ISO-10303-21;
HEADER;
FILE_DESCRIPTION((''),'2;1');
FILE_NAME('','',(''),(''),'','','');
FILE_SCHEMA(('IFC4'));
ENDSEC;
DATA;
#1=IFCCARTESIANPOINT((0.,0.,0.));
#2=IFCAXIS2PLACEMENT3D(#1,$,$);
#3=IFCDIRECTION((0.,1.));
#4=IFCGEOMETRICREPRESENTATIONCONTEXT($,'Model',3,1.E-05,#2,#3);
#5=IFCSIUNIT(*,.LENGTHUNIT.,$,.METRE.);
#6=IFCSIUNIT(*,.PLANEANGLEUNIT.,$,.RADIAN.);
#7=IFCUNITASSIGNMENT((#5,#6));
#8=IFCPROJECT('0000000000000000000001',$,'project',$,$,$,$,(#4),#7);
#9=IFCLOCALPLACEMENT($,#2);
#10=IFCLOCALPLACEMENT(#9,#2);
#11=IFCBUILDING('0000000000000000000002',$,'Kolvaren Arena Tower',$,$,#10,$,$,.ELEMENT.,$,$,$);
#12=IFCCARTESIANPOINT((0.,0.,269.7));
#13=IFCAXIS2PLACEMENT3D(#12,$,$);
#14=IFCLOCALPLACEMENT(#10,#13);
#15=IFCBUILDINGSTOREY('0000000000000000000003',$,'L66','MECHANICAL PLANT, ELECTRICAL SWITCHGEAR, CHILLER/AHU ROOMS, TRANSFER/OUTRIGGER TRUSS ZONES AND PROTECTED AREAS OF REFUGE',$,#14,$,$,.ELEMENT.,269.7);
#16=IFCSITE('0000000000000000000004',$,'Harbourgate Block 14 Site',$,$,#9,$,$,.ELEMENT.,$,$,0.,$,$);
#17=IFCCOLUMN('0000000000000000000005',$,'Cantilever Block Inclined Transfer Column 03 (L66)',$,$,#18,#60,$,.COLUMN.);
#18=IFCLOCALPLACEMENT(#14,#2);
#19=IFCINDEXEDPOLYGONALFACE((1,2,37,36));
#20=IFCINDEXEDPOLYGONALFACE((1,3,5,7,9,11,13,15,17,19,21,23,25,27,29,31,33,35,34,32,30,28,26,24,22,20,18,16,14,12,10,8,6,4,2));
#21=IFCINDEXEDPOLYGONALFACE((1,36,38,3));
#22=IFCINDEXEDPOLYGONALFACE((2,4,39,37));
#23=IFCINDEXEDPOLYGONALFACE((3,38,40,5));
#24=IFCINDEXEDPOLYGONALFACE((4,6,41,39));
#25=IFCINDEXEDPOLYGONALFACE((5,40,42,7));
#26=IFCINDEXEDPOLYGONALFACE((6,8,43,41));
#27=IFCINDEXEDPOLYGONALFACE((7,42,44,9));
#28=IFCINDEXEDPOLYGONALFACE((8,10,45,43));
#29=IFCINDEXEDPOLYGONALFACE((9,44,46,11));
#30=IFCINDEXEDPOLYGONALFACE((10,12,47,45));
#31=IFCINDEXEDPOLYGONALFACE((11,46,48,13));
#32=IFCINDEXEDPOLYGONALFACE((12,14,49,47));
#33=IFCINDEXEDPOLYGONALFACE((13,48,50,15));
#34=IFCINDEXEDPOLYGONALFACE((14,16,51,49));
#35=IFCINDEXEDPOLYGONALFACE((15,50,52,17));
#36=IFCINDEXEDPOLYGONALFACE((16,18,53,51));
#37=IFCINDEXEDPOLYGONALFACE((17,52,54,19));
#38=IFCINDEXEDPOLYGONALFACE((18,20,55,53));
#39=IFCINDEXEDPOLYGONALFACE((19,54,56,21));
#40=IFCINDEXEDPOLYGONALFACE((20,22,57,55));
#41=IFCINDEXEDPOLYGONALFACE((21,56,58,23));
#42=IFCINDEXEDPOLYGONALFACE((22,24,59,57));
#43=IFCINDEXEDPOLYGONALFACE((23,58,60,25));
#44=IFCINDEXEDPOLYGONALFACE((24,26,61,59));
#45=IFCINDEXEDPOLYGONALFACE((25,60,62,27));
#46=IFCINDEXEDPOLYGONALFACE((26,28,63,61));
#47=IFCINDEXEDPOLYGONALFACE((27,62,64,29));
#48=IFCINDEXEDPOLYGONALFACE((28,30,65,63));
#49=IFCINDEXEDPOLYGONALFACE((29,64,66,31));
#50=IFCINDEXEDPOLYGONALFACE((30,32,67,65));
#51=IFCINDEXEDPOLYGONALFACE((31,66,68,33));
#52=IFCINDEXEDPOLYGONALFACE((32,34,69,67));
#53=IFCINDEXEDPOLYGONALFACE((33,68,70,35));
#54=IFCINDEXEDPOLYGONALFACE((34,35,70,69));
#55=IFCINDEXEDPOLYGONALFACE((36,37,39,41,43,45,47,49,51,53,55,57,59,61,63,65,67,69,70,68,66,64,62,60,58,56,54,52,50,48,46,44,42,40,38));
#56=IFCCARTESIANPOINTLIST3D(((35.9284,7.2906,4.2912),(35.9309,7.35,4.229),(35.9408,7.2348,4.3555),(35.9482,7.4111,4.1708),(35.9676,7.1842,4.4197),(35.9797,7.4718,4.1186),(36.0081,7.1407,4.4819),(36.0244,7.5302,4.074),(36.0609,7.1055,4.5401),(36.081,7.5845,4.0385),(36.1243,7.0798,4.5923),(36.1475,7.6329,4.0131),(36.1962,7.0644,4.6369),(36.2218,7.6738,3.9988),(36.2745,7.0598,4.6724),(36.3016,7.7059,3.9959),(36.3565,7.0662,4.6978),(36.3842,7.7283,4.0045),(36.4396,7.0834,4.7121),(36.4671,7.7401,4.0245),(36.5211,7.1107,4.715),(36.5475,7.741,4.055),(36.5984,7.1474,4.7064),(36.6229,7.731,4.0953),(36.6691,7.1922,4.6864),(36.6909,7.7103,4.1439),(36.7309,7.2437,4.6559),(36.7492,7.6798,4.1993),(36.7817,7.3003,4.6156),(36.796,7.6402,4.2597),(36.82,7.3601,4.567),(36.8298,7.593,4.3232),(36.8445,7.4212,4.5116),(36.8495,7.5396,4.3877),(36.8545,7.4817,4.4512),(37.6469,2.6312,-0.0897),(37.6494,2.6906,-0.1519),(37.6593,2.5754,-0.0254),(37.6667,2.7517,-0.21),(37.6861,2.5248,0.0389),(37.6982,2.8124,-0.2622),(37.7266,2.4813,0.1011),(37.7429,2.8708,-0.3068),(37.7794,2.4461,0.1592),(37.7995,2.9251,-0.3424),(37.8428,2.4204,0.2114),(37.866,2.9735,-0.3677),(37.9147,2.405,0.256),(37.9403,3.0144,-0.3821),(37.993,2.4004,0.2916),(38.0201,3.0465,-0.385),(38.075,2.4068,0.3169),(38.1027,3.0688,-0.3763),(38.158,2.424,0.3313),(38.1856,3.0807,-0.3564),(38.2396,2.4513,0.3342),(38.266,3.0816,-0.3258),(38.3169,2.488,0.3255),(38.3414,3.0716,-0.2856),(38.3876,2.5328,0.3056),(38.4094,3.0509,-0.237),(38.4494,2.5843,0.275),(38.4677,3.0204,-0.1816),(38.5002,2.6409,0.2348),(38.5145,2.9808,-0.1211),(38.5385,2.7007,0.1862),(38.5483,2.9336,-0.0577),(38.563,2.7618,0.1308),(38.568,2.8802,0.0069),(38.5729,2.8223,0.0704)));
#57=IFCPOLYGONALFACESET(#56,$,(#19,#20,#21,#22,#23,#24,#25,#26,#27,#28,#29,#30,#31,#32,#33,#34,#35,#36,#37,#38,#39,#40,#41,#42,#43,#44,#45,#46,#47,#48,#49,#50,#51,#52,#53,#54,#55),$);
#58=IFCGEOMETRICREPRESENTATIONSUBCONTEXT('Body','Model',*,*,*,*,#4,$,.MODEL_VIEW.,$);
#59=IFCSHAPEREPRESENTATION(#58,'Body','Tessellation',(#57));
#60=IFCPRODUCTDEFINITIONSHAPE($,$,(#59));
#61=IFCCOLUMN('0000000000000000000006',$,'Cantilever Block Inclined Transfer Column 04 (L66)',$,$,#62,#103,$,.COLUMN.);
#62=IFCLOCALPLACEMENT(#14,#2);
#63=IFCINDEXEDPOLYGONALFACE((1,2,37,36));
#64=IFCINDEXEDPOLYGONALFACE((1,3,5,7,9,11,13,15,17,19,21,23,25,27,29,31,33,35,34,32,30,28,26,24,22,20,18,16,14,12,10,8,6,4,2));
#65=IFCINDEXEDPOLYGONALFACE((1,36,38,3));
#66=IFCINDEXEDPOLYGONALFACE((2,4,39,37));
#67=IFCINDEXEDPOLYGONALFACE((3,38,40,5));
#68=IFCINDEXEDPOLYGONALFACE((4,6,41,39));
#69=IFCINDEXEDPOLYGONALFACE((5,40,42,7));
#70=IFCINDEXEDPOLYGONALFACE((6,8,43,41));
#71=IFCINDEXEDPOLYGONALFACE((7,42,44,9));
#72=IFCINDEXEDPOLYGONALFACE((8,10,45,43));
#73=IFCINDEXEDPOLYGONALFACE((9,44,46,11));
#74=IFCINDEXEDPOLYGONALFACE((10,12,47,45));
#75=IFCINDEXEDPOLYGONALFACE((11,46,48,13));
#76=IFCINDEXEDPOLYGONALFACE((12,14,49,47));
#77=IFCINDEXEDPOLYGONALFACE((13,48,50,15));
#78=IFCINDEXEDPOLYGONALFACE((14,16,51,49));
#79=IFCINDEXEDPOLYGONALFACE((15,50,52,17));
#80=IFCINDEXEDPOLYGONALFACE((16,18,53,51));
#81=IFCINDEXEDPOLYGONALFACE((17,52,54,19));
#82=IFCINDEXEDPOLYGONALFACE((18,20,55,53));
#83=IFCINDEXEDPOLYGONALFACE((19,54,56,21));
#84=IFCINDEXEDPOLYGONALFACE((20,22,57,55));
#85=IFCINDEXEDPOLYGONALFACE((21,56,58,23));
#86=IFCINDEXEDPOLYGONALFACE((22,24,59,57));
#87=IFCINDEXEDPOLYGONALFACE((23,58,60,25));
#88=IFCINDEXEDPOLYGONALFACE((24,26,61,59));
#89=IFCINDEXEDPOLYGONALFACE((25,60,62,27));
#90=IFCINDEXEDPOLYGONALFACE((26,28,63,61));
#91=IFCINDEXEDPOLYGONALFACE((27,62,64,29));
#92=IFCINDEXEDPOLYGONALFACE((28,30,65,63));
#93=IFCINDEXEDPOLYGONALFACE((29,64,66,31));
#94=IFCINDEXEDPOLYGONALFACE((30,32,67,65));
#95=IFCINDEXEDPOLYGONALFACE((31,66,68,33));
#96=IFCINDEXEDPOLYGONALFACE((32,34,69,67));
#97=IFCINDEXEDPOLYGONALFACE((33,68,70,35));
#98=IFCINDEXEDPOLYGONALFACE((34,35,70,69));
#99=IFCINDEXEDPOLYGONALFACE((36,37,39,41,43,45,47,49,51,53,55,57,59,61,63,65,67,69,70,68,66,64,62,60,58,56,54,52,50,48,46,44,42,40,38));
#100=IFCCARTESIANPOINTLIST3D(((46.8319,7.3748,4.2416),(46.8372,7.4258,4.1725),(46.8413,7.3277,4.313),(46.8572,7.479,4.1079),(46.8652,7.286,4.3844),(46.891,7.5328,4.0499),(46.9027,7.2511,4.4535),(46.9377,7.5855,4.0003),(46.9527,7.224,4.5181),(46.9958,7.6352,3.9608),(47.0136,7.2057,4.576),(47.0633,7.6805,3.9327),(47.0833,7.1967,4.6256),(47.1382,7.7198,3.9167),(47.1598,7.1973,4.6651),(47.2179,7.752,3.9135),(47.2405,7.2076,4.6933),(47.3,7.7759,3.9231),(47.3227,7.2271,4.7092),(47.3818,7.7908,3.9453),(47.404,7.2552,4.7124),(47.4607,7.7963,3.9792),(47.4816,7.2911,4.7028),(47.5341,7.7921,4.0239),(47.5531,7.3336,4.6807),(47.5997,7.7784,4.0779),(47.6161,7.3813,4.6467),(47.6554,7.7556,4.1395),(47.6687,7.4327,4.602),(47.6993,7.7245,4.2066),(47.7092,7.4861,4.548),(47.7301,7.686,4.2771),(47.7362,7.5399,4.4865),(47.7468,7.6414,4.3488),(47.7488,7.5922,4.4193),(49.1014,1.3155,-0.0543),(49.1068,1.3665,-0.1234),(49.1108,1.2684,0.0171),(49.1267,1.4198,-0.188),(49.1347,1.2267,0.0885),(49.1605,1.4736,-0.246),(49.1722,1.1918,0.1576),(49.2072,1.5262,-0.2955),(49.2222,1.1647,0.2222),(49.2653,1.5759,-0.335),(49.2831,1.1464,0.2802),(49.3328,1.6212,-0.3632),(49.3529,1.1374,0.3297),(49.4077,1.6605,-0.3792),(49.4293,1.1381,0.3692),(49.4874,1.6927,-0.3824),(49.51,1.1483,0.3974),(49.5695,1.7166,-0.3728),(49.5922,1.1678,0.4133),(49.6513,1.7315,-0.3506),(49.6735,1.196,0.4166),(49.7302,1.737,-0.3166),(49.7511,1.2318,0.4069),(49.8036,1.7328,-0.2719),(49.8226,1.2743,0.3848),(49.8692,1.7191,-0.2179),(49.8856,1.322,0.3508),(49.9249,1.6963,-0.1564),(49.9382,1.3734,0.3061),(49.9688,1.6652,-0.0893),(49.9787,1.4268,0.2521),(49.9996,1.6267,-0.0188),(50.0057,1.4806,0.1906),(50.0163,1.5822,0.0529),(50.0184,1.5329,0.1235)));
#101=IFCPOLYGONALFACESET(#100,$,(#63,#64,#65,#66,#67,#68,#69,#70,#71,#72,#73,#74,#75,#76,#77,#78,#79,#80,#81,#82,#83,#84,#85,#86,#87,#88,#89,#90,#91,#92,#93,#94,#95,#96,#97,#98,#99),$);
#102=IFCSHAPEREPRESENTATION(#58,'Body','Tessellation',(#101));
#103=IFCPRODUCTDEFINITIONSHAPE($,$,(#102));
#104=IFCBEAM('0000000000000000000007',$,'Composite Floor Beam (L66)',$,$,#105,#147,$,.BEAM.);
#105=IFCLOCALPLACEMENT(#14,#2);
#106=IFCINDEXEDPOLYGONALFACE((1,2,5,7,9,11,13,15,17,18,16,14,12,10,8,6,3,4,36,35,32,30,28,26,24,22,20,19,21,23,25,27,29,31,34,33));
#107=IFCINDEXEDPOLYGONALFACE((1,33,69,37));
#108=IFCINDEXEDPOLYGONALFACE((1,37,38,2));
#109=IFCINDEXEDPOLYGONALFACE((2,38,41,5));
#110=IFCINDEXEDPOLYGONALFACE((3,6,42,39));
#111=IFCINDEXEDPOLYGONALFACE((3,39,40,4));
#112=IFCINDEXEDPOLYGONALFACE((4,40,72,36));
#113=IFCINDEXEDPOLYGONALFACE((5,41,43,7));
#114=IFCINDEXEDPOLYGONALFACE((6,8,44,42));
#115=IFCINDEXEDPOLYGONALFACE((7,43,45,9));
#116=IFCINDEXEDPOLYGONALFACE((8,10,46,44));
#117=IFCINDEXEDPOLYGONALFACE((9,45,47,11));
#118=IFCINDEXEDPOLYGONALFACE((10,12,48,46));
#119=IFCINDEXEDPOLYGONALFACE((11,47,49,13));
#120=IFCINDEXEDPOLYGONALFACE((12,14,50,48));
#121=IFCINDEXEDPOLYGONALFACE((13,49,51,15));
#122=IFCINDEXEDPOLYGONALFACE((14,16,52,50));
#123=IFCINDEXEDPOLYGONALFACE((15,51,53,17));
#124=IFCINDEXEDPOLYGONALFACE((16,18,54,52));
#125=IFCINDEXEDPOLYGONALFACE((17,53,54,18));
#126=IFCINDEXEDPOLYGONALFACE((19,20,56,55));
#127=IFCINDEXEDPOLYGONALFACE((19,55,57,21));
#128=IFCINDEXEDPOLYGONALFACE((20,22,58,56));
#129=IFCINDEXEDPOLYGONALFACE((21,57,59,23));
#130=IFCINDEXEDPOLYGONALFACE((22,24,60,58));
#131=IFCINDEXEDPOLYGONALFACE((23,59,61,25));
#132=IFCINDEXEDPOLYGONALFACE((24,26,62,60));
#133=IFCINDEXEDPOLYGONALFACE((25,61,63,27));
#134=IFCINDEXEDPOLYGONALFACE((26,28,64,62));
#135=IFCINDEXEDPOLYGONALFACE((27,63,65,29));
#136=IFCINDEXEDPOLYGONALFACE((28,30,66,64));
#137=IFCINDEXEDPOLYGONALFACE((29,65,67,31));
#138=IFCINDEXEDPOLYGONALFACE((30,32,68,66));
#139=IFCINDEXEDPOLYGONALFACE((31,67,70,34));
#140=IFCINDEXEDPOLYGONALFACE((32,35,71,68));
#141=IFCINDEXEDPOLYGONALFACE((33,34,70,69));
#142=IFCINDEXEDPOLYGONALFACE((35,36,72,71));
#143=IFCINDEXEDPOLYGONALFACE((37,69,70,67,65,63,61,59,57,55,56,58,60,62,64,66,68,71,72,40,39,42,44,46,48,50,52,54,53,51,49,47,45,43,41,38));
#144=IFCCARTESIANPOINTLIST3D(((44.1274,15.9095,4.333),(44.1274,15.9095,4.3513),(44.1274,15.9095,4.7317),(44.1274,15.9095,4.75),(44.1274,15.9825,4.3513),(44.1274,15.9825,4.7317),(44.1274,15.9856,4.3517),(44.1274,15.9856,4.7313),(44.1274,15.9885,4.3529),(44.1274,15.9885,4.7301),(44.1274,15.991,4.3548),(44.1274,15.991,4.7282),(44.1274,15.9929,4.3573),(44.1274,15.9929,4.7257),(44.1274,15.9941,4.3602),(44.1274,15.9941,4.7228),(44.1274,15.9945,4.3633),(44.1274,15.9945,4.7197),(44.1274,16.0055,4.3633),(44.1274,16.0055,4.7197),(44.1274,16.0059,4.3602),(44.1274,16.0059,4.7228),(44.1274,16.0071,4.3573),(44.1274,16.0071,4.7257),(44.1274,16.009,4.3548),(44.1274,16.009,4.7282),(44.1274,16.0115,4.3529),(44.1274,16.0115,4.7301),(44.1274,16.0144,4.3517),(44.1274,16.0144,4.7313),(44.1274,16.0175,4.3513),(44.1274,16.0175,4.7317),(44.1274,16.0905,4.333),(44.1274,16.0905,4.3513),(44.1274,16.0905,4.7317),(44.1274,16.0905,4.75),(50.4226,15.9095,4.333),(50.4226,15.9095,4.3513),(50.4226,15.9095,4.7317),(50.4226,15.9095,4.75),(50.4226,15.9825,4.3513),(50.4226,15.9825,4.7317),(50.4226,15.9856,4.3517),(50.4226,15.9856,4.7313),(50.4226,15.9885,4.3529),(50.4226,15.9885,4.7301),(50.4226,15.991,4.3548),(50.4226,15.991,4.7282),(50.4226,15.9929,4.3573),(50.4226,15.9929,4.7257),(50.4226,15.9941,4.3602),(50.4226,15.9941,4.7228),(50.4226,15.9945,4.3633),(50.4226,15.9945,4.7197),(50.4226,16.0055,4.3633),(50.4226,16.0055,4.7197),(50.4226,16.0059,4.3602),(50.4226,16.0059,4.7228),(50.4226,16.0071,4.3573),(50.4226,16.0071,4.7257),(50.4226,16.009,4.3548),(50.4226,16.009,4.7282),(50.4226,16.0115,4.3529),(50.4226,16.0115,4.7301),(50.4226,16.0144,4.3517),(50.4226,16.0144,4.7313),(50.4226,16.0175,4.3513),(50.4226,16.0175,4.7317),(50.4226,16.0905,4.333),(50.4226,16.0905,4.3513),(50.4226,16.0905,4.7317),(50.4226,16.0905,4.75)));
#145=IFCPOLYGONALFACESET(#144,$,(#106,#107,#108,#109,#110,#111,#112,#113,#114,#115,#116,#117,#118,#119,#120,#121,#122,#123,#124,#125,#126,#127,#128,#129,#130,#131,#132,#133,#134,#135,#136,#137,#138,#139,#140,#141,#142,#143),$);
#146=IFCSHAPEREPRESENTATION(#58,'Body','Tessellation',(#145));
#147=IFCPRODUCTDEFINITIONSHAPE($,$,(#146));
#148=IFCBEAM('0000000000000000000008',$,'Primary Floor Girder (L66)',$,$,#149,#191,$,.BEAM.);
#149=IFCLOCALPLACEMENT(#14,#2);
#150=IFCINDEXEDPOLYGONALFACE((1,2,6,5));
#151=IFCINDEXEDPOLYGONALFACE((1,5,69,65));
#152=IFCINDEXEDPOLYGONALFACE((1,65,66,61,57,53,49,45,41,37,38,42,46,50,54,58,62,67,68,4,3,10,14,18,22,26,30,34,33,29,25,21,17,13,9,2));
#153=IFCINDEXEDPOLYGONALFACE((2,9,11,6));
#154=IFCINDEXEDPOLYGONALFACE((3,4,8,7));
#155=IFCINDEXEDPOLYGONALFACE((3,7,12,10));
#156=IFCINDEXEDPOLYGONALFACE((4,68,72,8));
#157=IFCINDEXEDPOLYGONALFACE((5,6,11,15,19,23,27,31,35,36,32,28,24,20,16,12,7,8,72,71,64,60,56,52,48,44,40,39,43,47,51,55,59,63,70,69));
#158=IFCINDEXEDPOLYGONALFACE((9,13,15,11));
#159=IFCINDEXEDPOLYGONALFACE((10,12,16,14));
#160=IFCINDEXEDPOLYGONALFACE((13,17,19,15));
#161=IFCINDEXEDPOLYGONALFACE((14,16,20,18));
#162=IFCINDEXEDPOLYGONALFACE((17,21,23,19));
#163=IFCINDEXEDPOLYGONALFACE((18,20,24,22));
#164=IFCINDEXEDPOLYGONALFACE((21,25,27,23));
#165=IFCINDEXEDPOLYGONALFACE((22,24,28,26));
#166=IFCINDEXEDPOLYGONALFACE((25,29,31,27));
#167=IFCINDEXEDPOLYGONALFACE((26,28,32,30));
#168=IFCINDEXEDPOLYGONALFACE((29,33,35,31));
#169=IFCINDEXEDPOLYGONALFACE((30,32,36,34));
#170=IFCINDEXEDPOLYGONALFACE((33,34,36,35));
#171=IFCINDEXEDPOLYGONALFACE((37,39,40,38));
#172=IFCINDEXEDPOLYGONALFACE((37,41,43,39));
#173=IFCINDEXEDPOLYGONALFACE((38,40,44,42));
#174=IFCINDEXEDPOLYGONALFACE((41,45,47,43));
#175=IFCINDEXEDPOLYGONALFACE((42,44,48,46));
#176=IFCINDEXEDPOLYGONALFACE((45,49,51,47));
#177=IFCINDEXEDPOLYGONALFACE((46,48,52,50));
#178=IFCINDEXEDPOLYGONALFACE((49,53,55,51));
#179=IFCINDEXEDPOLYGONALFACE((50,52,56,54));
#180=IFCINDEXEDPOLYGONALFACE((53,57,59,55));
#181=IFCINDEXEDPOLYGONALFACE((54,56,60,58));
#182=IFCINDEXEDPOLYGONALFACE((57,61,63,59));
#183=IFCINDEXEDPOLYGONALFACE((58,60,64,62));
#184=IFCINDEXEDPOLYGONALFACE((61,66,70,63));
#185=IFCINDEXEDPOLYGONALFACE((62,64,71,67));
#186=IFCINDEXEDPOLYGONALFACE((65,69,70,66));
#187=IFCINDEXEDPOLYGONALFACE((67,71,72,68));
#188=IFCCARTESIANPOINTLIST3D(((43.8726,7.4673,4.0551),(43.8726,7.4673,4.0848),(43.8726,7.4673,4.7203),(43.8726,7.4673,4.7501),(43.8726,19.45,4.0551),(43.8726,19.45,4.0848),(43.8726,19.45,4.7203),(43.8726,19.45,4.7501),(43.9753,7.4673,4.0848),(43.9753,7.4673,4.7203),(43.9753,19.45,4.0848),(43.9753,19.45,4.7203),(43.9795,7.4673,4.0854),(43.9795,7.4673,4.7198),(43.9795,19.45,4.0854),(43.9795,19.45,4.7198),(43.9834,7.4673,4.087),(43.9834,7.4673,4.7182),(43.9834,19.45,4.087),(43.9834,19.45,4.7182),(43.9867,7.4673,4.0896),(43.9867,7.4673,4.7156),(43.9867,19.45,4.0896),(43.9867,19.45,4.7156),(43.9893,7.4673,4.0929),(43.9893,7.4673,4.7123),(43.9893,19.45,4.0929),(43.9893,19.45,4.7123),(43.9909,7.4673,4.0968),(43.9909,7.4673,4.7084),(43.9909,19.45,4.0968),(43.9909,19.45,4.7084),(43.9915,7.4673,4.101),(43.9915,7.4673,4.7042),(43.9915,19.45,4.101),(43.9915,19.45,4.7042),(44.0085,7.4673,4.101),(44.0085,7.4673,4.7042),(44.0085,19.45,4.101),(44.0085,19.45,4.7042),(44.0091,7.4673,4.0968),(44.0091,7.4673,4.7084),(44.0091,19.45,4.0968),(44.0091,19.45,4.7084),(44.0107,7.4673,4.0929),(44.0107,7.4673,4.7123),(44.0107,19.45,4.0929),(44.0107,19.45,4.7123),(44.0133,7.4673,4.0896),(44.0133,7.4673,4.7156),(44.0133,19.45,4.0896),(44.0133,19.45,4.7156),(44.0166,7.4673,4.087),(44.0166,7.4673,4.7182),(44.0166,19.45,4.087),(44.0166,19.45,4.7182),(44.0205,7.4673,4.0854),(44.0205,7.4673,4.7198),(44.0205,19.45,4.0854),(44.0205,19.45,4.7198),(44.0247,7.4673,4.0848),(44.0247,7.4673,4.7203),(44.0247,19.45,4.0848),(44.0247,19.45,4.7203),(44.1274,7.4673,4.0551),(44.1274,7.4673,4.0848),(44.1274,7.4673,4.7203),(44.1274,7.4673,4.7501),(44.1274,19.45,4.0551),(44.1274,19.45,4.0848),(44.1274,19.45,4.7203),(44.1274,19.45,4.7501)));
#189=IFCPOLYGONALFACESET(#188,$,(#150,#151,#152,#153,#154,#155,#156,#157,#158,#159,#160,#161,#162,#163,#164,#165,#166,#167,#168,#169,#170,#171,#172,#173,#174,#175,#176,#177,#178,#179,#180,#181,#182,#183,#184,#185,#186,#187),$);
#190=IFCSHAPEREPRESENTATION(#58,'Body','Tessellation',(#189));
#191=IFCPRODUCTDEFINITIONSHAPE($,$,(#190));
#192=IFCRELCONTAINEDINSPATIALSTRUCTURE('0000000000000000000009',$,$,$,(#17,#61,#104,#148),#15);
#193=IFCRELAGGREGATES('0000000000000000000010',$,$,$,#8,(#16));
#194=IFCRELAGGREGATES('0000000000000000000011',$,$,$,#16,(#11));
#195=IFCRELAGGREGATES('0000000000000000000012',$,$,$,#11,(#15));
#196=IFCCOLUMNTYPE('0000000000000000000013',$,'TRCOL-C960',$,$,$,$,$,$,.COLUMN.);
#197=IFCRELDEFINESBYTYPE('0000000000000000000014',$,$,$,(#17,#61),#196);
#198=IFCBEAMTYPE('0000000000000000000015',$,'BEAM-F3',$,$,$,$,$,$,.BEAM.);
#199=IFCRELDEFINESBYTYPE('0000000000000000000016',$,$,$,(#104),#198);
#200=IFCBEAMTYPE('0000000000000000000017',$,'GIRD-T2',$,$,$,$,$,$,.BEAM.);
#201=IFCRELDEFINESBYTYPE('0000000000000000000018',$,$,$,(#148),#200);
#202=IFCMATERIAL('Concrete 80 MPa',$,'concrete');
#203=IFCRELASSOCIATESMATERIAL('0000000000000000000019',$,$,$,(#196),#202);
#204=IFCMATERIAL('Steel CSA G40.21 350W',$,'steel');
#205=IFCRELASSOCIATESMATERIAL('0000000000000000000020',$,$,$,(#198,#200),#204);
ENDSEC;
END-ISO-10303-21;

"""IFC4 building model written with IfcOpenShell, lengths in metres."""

from ifc_helpers import new_model, si_unit, direction, frame, origin, origin_2d, place, context, subcontext, project, spatial, circle, i_section, extrude, material, material_profile, profile_set, type_object, element, save


model = new_model("IFC4")

# Units and contexts
model_context = context("Model", 3, precision=1e-05, world=origin(), true_north=direction((0.0, 1.0)))
body_context = subcontext(model_context, "Body", "Model", "MODEL_VIEW")
ifc_project = project(units=[si_unit("LENGTHUNIT", "METRE"), si_unit("PLANEANGLEUNIT", "RADIAN")], contexts=[model_context])

# Site, building, storey
site_placement = place(None, origin())
site = spatial("IfcSite", under=ifc_project, at=site_placement, Name="Harbourgate Block 14 Site", CompositionType="ELEMENT", RefElevation=0.0)
building_placement = place(site_placement, origin())
building = spatial("IfcBuilding", under=site, at=building_placement, Name="Kolvaren Arena Tower", CompositionType="ELEMENT")
storey_placement = place(building_placement, frame((0.0, 0.0, 269.7)))
storey = spatial("IfcBuildingStorey", under=building, at=storey_placement, Name="L66", Description="MECHANICAL PLANT, ELECTRICAL SWITCHGEAR, CHILLER/AHU ROOMS, TRANSFER/OUTRIGGER TRUSS ZONES AND PROTECTED AREAS OF REFUGE", CompositionType="ELEMENT", Elevation=269.7)

# Columns
ifc_material_1 = material(Name="Concrete 80 MPa", Category="concrete")
ifc_material_profile_1 = material_profile(ifc_material_1, circle(Radius=0.48, at=origin_2d()), Name="RC-CIRC-960")
ifc_profile_set_1 = profile_set([ifc_material_profile_1], Name="Concrete 80 MPa")
column_type = type_object("IfcColumnType", Name="TRCOL-C960", PredefinedType="COLUMN", material=ifc_profile_set_1)
column_1_placement = place(storey_placement, frame((38.1096, 2.7415, -0.0254), z_axis=(-0.259501, 0.703591, 0.661527), x_axis=(-0.938221, -0.346038, 0.0)))
element("IfcColumn", 1, at=column_1_placement, inside=storey, type_object=column_type, Name="Cantilever Block Inclined Transfer Column 03 (L66)", PredefinedType="COLUMN", context=body_context, shape_type="SweptSolid", body=[
    extrude(circle(Radius=0.48, at=origin_2d()), origin(), (0.0, 0.0, 1.0), 6.6223),
])
column_2_placement = place(storey_placement, frame((49.5603, 1.4368, 0.0171), z_axis=(-0.292215, 0.780172, 0.553121), x_axis=(-0.936467, -0.350755, 0.0)))
element("IfcColumn", 2, at=column_2_placement, inside=storey, type_object=column_type, Name="Cantilever Block Inclined Transfer Column 04 (L66)", PredefinedType="COLUMN", context=body_context, shape_type="SweptSolid", body=[
    extrude(circle(Radius=0.48, at=origin_2d()), origin(), (0.0, 0.0, 1.0), 7.7666),
])

# Beams
ifc_material_2 = material(Name="Steel CSA G40.21 350W", Category="steel")
ifc_material_profile_2 = material_profile(ifc_material_2, i_section(OverallWidth=0.1809, OverallDepth=0.417, WebThickness=0.011, FlangeThickness=0.0183, FilletRadius=0.012, at=origin_2d()), Name="W410x85")
ifc_profile_set_2 = profile_set([ifc_material_profile_2], Name="Steel CSA G40.21 350W")
beam_type_1 = type_object("IfcBeamType", Name="BEAM-F3", PredefinedType="BEAM", material=ifc_profile_set_2)
beam_1_placement = place(storey_placement, frame((44.1274, 16.0, 4.5415), z_axis=(1.0, 0.0, 0.0), x_axis=(0.0, 1.0, 0.0)))
element("IfcBeam", 3, at=beam_1_placement, inside=storey, type_object=beam_type_1, Name="Composite Floor Beam (L66)", PredefinedType="BEAM", context=body_context, shape_type="SweptSolid", body=[
    extrude(i_section(OverallWidth=0.1809, OverallDepth=0.417, WebThickness=0.011, FlangeThickness=0.0183, FilletRadius=0.012, at=origin_2d()), origin(), (0.0, 0.0, 1.0), 6.2952),
])
ifc_material_profile_3 = material_profile(ifc_material_2, i_section(OverallWidth=0.2549, OverallDepth=0.6951, WebThickness=0.0171, FlangeThickness=0.0298, FilletRadius=0.0161, at=origin_2d()), Name="W690x217")
ifc_profile_set_3 = profile_set([ifc_material_profile_3], Name="Steel CSA G40.21 350W")
beam_type_2 = type_object("IfcBeamType", Name="GIRD-T2", PredefinedType="BEAM", material=ifc_profile_set_3)
beam_2_placement = place(storey_placement, frame((44.0, 7.4673, 4.4026), z_axis=(0.0, 1.0, 0.0), x_axis=(-1.0, 0.0, 0.0)))
element("IfcBeam", 4, at=beam_2_placement, inside=storey, type_object=beam_type_2, Name="Primary Floor Girder (L66)", PredefinedType="BEAM", context=body_context, shape_type="SweptSolid", body=[
    extrude(i_section(OverallWidth=0.2549, OverallDepth=0.6951, WebThickness=0.0171, FlangeThickness=0.0298, FilletRadius=0.0161, at=origin_2d()), origin(), (0.0, 0.0, 1.0), 11.9827),
])

save(model, "model.ifc")
